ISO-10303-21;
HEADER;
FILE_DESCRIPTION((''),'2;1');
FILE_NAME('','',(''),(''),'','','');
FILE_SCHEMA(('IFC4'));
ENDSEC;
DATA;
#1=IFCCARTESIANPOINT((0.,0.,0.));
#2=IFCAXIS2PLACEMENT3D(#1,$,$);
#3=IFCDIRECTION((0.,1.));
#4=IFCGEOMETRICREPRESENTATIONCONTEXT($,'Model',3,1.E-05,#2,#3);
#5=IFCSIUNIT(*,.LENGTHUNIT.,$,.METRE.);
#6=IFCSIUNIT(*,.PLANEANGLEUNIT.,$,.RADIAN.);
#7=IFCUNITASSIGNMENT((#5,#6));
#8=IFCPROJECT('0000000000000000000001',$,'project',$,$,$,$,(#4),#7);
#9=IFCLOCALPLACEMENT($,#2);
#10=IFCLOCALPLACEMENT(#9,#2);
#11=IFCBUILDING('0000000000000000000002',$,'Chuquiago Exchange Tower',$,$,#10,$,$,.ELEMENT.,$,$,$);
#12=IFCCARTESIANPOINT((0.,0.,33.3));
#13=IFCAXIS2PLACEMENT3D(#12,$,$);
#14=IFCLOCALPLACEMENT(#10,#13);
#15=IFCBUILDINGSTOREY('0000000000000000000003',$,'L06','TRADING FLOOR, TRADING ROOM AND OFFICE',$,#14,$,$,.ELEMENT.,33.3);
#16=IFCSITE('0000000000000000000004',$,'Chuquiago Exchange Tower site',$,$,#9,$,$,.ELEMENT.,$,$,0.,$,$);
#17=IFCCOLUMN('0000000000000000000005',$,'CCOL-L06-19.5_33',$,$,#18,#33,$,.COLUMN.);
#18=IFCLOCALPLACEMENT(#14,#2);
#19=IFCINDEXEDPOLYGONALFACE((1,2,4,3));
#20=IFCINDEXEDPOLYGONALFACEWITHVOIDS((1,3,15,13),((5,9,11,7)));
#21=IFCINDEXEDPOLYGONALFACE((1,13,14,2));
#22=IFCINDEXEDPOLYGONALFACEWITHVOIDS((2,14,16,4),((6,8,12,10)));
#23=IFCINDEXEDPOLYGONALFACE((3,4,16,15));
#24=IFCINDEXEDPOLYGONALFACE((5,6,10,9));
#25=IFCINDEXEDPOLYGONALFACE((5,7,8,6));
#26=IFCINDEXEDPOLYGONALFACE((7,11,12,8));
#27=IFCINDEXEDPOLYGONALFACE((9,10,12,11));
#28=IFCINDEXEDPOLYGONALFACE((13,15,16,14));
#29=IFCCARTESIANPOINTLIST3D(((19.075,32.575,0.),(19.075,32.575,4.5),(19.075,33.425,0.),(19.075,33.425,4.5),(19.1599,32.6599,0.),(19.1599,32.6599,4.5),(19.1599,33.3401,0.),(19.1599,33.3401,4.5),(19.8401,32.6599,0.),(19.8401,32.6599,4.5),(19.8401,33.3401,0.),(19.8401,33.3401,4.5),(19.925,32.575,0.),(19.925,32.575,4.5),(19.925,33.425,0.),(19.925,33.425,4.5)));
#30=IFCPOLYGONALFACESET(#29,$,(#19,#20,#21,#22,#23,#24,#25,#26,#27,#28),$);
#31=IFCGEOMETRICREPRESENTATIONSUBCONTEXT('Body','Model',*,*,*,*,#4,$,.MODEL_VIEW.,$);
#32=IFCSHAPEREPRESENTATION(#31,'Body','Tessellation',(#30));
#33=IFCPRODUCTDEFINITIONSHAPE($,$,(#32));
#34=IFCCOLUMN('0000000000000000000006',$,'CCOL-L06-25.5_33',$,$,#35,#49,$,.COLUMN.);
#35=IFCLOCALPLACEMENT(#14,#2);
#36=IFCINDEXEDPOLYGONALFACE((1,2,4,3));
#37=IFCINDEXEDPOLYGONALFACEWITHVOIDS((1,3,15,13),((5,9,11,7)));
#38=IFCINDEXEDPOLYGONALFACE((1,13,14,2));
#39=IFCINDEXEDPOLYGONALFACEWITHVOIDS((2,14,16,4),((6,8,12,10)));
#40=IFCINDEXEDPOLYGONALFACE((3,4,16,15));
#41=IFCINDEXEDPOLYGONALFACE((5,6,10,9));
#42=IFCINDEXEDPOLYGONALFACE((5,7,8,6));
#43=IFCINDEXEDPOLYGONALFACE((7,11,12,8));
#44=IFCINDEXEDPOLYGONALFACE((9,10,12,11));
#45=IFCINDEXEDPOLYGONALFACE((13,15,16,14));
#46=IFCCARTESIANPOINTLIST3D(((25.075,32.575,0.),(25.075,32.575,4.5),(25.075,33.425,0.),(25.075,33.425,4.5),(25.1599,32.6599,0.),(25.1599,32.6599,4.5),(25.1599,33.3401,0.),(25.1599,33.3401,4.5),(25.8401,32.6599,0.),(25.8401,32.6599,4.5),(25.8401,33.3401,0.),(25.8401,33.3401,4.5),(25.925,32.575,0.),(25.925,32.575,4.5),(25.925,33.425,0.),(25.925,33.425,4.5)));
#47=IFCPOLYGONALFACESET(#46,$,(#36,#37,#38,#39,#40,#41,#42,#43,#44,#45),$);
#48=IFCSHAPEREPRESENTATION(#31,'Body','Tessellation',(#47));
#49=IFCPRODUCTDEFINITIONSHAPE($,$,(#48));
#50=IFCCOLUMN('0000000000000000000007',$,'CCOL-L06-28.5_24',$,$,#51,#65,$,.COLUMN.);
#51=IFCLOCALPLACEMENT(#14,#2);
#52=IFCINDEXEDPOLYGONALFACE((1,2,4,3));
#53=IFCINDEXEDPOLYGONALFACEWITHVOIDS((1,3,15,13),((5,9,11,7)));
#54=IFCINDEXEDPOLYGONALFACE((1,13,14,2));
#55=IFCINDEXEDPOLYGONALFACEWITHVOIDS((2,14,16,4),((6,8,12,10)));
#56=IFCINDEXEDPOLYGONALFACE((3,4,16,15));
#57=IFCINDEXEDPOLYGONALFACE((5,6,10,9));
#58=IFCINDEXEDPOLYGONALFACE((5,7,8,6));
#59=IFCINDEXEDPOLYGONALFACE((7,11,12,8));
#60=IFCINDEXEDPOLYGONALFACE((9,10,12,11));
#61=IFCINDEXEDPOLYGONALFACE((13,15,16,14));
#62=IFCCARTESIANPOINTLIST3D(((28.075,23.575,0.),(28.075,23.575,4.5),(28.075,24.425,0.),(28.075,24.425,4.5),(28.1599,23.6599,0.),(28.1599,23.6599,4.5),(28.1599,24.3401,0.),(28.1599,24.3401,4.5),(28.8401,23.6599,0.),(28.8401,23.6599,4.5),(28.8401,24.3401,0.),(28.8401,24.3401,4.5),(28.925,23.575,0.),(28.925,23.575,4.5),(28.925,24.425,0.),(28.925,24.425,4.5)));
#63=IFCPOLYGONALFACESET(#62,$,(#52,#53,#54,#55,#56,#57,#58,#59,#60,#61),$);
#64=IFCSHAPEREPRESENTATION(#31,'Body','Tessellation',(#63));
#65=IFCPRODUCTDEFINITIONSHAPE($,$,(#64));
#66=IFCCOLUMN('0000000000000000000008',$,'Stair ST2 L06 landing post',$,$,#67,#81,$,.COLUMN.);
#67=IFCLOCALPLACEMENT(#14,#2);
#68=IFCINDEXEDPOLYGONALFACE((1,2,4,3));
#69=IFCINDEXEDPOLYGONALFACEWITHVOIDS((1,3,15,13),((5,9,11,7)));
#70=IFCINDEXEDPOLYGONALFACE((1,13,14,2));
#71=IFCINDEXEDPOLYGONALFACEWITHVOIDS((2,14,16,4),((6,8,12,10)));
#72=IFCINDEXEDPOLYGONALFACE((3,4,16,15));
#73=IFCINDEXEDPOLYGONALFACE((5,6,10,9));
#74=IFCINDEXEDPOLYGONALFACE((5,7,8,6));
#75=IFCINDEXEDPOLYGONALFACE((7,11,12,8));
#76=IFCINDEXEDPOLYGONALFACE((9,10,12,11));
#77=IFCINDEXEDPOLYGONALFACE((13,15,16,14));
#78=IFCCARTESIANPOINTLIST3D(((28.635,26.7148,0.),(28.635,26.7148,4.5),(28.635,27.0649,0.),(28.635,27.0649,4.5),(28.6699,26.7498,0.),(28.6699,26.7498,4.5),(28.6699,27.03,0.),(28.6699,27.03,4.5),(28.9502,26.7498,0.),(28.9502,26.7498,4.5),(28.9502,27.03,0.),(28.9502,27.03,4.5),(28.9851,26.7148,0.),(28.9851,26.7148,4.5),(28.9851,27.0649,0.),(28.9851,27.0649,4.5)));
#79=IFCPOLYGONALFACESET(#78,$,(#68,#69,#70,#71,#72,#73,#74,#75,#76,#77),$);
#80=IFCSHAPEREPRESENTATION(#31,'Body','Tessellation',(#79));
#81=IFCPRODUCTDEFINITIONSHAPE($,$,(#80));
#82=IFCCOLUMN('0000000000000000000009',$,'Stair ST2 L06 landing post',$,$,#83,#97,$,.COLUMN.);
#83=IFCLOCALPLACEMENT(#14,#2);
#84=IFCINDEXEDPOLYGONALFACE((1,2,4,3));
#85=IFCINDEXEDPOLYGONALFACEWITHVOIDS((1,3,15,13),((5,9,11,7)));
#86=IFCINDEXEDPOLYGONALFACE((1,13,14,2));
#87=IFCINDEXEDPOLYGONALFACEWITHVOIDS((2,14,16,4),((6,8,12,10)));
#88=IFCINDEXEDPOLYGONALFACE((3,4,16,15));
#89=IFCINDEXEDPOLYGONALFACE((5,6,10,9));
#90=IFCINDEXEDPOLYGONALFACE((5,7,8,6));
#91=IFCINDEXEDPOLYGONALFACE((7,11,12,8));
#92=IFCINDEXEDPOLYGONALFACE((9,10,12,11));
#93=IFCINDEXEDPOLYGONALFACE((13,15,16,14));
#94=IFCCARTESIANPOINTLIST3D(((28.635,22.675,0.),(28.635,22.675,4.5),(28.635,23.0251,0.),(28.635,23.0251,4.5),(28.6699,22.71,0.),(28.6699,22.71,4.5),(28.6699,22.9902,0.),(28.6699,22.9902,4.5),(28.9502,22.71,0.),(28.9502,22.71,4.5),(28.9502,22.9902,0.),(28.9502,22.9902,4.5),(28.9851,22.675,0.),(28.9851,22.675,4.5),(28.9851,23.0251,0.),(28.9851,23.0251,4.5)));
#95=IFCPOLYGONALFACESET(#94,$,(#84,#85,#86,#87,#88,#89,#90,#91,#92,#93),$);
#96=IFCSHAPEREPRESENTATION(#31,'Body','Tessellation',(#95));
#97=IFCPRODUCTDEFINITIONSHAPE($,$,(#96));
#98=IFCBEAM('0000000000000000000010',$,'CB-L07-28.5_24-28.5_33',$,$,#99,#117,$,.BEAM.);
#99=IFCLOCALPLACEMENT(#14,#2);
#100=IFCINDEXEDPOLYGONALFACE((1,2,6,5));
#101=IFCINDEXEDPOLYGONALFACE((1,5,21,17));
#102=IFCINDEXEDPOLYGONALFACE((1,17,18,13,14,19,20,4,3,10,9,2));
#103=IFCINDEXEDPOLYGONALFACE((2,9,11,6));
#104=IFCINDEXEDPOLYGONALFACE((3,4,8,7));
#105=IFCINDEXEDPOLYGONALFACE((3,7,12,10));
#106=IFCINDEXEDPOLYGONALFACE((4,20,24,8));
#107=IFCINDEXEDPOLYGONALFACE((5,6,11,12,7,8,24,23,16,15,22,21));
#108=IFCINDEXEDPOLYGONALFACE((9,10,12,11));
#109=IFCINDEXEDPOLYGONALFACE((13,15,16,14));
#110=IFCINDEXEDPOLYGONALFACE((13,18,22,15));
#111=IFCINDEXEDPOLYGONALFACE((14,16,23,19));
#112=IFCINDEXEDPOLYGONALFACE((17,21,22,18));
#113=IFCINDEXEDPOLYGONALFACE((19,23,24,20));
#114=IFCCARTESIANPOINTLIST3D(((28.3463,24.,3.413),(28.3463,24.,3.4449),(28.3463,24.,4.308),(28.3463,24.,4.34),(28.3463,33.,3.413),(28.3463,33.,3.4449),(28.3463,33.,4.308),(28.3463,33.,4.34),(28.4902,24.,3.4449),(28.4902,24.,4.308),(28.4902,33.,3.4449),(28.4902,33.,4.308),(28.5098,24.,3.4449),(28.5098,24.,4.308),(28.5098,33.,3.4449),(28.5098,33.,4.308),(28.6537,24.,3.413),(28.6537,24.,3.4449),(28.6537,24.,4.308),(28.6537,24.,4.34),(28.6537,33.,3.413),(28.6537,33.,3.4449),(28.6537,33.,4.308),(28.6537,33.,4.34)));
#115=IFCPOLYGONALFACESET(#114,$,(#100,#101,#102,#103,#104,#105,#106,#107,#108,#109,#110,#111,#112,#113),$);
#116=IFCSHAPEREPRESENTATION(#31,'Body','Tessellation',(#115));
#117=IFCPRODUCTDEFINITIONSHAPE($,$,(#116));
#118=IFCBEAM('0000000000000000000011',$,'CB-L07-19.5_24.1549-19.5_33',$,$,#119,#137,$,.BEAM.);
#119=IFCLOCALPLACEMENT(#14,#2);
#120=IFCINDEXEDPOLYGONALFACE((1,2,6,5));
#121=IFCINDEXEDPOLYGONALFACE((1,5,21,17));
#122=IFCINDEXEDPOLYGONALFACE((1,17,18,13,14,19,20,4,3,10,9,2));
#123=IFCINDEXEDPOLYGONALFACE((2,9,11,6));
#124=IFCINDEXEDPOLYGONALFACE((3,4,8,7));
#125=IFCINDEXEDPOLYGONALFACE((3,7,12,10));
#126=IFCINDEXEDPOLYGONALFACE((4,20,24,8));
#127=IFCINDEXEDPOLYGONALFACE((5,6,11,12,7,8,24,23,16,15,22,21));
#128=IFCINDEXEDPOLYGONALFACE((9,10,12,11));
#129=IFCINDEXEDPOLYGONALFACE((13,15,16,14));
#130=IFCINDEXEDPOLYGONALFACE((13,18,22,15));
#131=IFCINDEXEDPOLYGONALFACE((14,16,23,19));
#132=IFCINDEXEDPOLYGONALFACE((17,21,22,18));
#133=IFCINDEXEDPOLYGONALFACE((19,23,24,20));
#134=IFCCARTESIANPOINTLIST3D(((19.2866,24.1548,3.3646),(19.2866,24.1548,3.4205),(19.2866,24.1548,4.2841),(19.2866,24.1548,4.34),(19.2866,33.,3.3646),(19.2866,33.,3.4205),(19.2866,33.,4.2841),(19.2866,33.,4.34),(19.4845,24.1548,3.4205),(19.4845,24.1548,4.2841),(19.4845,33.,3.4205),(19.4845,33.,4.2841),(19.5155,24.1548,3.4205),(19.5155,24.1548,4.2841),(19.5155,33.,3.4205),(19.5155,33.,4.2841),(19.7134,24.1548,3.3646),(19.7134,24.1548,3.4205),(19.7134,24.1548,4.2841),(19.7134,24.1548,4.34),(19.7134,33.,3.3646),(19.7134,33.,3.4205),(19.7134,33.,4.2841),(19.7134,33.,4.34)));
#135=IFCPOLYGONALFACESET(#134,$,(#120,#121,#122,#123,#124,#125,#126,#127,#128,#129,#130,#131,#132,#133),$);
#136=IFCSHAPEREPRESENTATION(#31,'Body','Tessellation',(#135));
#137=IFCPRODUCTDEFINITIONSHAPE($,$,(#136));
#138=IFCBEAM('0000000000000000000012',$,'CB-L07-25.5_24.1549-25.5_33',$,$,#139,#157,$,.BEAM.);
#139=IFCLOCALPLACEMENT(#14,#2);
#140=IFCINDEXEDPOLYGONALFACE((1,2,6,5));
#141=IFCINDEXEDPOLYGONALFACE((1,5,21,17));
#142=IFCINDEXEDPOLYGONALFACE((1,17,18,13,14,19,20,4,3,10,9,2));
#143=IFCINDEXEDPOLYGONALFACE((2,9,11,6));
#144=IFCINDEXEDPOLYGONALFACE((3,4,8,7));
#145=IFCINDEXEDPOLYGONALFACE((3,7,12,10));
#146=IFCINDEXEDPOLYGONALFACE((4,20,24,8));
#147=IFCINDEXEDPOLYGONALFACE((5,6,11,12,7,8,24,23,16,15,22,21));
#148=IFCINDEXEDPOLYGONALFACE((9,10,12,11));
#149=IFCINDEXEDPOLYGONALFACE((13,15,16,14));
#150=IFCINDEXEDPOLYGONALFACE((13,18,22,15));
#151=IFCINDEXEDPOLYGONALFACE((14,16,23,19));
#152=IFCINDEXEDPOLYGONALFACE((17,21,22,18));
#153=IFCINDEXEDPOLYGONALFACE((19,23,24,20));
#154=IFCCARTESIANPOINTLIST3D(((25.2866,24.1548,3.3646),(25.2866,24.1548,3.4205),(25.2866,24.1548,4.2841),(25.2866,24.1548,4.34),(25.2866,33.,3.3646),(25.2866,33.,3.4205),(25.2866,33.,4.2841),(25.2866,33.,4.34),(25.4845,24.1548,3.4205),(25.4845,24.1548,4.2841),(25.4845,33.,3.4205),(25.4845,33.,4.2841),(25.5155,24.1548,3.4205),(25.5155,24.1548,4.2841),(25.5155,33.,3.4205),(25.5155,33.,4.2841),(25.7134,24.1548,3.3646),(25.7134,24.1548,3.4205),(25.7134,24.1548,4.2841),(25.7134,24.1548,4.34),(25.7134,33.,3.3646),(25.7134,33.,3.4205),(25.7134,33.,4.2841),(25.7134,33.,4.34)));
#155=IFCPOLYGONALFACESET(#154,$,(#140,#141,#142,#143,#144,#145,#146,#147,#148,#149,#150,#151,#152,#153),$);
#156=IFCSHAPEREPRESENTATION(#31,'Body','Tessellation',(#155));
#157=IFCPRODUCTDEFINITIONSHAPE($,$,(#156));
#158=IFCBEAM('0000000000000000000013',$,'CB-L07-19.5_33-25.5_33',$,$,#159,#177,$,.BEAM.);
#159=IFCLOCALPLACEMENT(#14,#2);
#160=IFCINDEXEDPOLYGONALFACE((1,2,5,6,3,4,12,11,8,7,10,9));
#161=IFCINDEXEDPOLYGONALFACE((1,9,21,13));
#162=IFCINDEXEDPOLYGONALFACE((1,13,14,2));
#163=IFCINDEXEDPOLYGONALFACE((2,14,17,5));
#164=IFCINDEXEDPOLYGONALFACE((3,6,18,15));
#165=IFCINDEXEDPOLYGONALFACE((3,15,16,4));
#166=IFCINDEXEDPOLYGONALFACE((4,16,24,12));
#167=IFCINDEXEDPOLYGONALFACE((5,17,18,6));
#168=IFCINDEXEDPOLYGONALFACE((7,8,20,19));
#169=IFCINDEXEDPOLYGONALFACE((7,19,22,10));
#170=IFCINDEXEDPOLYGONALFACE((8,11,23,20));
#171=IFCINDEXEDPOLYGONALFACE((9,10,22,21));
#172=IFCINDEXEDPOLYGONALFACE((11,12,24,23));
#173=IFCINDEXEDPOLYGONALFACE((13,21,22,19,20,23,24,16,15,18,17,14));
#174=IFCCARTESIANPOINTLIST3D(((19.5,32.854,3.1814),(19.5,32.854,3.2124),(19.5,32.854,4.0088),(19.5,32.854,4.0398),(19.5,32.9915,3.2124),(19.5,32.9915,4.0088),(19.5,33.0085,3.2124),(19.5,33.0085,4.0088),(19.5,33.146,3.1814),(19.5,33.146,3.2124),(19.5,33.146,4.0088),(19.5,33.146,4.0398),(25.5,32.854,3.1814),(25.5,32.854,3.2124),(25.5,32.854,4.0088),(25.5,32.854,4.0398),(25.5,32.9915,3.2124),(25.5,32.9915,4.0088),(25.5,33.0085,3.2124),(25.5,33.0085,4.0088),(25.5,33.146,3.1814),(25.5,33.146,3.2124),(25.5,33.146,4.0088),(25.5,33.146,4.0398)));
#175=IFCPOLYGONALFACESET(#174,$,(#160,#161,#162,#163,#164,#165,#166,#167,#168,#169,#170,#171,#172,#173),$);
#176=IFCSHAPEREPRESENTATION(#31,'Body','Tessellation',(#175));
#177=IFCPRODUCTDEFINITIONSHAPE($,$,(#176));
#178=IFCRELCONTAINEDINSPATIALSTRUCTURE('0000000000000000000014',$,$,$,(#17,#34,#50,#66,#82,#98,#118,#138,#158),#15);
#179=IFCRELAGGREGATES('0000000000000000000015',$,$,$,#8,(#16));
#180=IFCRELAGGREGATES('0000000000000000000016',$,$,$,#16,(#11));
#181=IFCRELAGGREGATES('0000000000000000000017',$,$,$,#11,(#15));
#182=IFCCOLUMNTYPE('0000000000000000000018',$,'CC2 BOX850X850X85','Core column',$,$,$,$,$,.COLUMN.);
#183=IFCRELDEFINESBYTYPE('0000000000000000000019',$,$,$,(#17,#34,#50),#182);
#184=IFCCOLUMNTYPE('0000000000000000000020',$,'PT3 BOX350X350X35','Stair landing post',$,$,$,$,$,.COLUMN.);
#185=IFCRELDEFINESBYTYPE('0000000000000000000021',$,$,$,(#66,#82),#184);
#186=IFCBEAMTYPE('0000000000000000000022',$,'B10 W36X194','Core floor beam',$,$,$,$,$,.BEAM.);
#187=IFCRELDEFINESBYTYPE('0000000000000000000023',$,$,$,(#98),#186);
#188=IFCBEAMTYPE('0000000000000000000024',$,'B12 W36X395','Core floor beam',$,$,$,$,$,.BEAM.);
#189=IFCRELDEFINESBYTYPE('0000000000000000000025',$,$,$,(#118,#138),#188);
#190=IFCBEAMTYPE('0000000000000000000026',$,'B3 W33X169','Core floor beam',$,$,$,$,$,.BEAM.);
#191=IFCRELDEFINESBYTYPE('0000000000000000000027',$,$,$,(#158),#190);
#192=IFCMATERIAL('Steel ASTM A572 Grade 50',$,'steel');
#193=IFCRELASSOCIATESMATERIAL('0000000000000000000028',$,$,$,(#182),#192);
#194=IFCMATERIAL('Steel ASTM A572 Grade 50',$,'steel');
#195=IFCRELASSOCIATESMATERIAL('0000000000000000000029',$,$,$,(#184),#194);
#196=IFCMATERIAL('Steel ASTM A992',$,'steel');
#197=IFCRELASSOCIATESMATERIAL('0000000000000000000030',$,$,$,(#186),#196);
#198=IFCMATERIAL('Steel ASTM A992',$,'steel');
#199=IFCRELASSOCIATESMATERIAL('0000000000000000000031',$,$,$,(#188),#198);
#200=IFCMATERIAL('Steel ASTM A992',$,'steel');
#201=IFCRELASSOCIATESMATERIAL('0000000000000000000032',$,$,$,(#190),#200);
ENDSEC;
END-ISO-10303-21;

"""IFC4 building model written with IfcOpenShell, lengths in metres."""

from ifc_helpers import new_model, si_unit, direction, frame, origin, origin_2d, place, context, subcontext, project, spatial, hollow_rectangle, i_section, extrude, material, material_profile, profile_set, type_object, element, save


model = new_model("IFC4")

# Units and contexts
model_context = context("Model", 3, precision=1e-05, world=origin(), true_north=direction((0.0, 1.0)))
body_context = subcontext(model_context, "Body", "Model", "MODEL_VIEW")
ifc_project = project(units=[si_unit("LENGTHUNIT", "METRE"), si_unit("PLANEANGLEUNIT", "RADIAN")], contexts=[model_context])

# Site, building, storey
site_placement = place(None, origin())
site = spatial("IfcSite", under=ifc_project, at=site_placement, Name="Chuquiago Exchange Tower site", CompositionType="ELEMENT", RefElevation=0.0)
building_placement = place(site_placement, origin())
building = spatial("IfcBuilding", under=site, at=building_placement, Name="Chuquiago Exchange Tower", CompositionType="ELEMENT")
storey_placement = place(building_placement, frame((0.0, 0.0, 33.3)))
storey = spatial("IfcBuildingStorey", under=building, at=storey_placement, Name="L06", Description="TRADING FLOOR, TRADING ROOM AND OFFICE", CompositionType="ELEMENT", Elevation=33.3)

# Columns
ifc_material_1 = material(Name="Steel ASTM A572 Grade 50", Category="steel")
ifc_material_profile_1 = material_profile(ifc_material_1, hollow_rectangle(XDim=0.8501, YDim=0.8501, WallThickness=0.085, at=origin_2d()), Name="BOX850X850X85")
ifc_profile_set_1 = profile_set([ifc_material_profile_1], Name="Steel ASTM A572 Grade 50")
column_type_1 = type_object("IfcColumnType", Name="CC2 BOX850X850X85", Description="Core column", PredefinedType="COLUMN", material=ifc_profile_set_1)
for number, where, z_axis, x_axis, name in (
    (1, (19.5, 33.0, 0.0), (0.0, 0.0, 1.0), (1.0, 0.0, 0.0), "CCOL-L06-19.5_33"),
    (2, (25.5, 33.0, 0.0), (0.0, 0.0, 1.0), (1.0, 0.0, 0.0), "CCOL-L06-25.5_33"),
    (3, (28.5, 24.0, 0.0), (0.0, 0.0, 1.0), (1.0, 0.0, 0.0), "CCOL-L06-28.5_24"),
):
    element("IfcColumn", number, at=place(storey_placement, frame(where, z_axis=z_axis, x_axis=x_axis)), inside=storey, type_object=column_type_1, Name=name, PredefinedType="COLUMN", context=body_context, shape_type="SweptSolid", body=[
        extrude(hollow_rectangle(XDim=0.8501, YDim=0.8501, WallThickness=0.085, at=origin_2d()), origin(), (0.0, 0.0, 1.0), 4.5),
    ])
ifc_material_2 = material(Name="Steel ASTM A572 Grade 50", Category="steel")
ifc_material_profile_2 = material_profile(ifc_material_2, hollow_rectangle(XDim=0.3501, YDim=0.3501, WallThickness=0.0349, at=origin_2d()), Name="BOX350X350X35")
ifc_profile_set_2 = profile_set([ifc_material_profile_2], Name="Steel ASTM A572 Grade 50")
column_type_2 = type_object("IfcColumnType", Name="PT3 BOX350X350X35", Description="Stair landing post", PredefinedType="COLUMN", material=ifc_profile_set_2)
for number, where, z_axis, x_axis, name in (
    (4, (28.8101, 26.8899, 0.0), (0.0, 0.0, 1.0), (1.0, 0.0, 0.0), "Stair ST2 L06 landing post"),
    (5, (28.8101, 22.8501, 0.0), (0.0, 0.0, 1.0), (1.0, 0.0, 0.0), "Stair ST2 L06 landing post"),
):
    element("IfcColumn", number, at=place(storey_placement, frame(where, z_axis=z_axis, x_axis=x_axis)), inside=storey, type_object=column_type_2, Name=name, PredefinedType="COLUMN", context=body_context, shape_type="SweptSolid", body=[
        extrude(hollow_rectangle(XDim=0.3501, YDim=0.3501, WallThickness=0.0349, at=origin_2d()), origin(), (0.0, 0.0, 1.0), 4.5),
    ])

# Beams
ifc_material_3 = material(Name="Steel ASTM A992", Category="steel")
ifc_material_profile_3 = material_profile(ifc_material_3, i_section(OverallWidth=0.3074, OverallDepth=0.927, WebThickness=0.0195, FlangeThickness=0.032, at=origin_2d()), Name="W36X194")
ifc_profile_set_3 = profile_set([ifc_material_profile_3], Name="Steel ASTM A992")
beam_type_1 = type_object("IfcBeamType", Name="B10 W36X194", Description="Core floor beam", PredefinedType="BEAM", material=ifc_profile_set_3)
beam_1_placement = place(storey_placement, frame((28.5, 24.0, 3.8765), z_axis=(0.0, 1.0, 0.0), x_axis=(-1.0, 0.0, 0.0)))
element("IfcBeam", 6, at=beam_1_placement, inside=storey, type_object=beam_type_1, Name="CB-L07-28.5_24-28.5_33", PredefinedType="BEAM", context=body_context, shape_type="SweptSolid", body=[
    extrude(i_section(OverallWidth=0.3074, OverallDepth=0.927, WebThickness=0.0195, FlangeThickness=0.032, at=origin_2d()), origin(), (0.0, 0.0, 1.0), 9.0),
])
ifc_material_4 = material(Name="Steel ASTM A992", Category="steel")
ifc_material_profile_4 = material_profile(ifc_material_4, i_section(OverallWidth=0.4268, OverallDepth=0.9753, WebThickness=0.031, FlangeThickness=0.0559, at=origin_2d()), Name="W36X395")
ifc_profile_set_4 = profile_set([ifc_material_profile_4], Name="Steel ASTM A992")
beam_type_2 = type_object("IfcBeamType", Name="B12 W36X395", Description="Core floor beam", PredefinedType="BEAM", material=ifc_profile_set_4)
for number, where, z_axis, x_axis, name in (
    (7, (19.5, 24.1548, 3.8523), (0.0, 1.0, 0.0), (-1.0, 0.0, 0.0), "CB-L07-19.5_24.1549-19.5_33"),
    (8, (25.5, 24.1548, 3.8523), (0.0, 1.0, 0.0), (-1.0, 0.0, 0.0), "CB-L07-25.5_24.1549-25.5_33"),
):
    element("IfcBeam", number, at=place(storey_placement, frame(where, z_axis=z_axis, x_axis=x_axis)), inside=storey, type_object=beam_type_2, Name=name, PredefinedType="BEAM", context=body_context, shape_type="SweptSolid", body=[
        extrude(i_section(OverallWidth=0.4268, OverallDepth=0.9753, WebThickness=0.031, FlangeThickness=0.0559, at=origin_2d()), origin(), (0.0, 0.0, 1.0), 8.8452),
    ])
ifc_material_5 = material(Name="Steel ASTM A992", Category="steel")
ifc_material_profile_5 = material_profile(ifc_material_5, i_section(OverallWidth=0.292, OverallDepth=0.8584, WebThickness=0.0171, FlangeThickness=0.031, at=origin_2d()), Name="W33X169")
ifc_profile_set_5 = profile_set([ifc_material_profile_5], Name="Steel ASTM A992")
beam_type_3 = type_object("IfcBeamType", Name="B3 W33X169", Description="Core floor beam", PredefinedType="BEAM", material=ifc_profile_set_5)
beam_2_placement = place(storey_placement, frame((19.5, 33.0, 3.6106), z_axis=(1.0, 0.0, 0.0), x_axis=(0.0, 1.0, 0.0)))
element("IfcBeam", 9, at=beam_2_placement, inside=storey, type_object=beam_type_3, Name="CB-L07-19.5_33-25.5_33", PredefinedType="BEAM", context=body_context, shape_type="SweptSolid", body=[
    extrude(i_section(OverallWidth=0.292, OverallDepth=0.8584, WebThickness=0.0171, FlangeThickness=0.031, at=origin_2d()), origin(), (0.0, 0.0, 1.0), 6.0),
])

save(model, "model.ifc")
